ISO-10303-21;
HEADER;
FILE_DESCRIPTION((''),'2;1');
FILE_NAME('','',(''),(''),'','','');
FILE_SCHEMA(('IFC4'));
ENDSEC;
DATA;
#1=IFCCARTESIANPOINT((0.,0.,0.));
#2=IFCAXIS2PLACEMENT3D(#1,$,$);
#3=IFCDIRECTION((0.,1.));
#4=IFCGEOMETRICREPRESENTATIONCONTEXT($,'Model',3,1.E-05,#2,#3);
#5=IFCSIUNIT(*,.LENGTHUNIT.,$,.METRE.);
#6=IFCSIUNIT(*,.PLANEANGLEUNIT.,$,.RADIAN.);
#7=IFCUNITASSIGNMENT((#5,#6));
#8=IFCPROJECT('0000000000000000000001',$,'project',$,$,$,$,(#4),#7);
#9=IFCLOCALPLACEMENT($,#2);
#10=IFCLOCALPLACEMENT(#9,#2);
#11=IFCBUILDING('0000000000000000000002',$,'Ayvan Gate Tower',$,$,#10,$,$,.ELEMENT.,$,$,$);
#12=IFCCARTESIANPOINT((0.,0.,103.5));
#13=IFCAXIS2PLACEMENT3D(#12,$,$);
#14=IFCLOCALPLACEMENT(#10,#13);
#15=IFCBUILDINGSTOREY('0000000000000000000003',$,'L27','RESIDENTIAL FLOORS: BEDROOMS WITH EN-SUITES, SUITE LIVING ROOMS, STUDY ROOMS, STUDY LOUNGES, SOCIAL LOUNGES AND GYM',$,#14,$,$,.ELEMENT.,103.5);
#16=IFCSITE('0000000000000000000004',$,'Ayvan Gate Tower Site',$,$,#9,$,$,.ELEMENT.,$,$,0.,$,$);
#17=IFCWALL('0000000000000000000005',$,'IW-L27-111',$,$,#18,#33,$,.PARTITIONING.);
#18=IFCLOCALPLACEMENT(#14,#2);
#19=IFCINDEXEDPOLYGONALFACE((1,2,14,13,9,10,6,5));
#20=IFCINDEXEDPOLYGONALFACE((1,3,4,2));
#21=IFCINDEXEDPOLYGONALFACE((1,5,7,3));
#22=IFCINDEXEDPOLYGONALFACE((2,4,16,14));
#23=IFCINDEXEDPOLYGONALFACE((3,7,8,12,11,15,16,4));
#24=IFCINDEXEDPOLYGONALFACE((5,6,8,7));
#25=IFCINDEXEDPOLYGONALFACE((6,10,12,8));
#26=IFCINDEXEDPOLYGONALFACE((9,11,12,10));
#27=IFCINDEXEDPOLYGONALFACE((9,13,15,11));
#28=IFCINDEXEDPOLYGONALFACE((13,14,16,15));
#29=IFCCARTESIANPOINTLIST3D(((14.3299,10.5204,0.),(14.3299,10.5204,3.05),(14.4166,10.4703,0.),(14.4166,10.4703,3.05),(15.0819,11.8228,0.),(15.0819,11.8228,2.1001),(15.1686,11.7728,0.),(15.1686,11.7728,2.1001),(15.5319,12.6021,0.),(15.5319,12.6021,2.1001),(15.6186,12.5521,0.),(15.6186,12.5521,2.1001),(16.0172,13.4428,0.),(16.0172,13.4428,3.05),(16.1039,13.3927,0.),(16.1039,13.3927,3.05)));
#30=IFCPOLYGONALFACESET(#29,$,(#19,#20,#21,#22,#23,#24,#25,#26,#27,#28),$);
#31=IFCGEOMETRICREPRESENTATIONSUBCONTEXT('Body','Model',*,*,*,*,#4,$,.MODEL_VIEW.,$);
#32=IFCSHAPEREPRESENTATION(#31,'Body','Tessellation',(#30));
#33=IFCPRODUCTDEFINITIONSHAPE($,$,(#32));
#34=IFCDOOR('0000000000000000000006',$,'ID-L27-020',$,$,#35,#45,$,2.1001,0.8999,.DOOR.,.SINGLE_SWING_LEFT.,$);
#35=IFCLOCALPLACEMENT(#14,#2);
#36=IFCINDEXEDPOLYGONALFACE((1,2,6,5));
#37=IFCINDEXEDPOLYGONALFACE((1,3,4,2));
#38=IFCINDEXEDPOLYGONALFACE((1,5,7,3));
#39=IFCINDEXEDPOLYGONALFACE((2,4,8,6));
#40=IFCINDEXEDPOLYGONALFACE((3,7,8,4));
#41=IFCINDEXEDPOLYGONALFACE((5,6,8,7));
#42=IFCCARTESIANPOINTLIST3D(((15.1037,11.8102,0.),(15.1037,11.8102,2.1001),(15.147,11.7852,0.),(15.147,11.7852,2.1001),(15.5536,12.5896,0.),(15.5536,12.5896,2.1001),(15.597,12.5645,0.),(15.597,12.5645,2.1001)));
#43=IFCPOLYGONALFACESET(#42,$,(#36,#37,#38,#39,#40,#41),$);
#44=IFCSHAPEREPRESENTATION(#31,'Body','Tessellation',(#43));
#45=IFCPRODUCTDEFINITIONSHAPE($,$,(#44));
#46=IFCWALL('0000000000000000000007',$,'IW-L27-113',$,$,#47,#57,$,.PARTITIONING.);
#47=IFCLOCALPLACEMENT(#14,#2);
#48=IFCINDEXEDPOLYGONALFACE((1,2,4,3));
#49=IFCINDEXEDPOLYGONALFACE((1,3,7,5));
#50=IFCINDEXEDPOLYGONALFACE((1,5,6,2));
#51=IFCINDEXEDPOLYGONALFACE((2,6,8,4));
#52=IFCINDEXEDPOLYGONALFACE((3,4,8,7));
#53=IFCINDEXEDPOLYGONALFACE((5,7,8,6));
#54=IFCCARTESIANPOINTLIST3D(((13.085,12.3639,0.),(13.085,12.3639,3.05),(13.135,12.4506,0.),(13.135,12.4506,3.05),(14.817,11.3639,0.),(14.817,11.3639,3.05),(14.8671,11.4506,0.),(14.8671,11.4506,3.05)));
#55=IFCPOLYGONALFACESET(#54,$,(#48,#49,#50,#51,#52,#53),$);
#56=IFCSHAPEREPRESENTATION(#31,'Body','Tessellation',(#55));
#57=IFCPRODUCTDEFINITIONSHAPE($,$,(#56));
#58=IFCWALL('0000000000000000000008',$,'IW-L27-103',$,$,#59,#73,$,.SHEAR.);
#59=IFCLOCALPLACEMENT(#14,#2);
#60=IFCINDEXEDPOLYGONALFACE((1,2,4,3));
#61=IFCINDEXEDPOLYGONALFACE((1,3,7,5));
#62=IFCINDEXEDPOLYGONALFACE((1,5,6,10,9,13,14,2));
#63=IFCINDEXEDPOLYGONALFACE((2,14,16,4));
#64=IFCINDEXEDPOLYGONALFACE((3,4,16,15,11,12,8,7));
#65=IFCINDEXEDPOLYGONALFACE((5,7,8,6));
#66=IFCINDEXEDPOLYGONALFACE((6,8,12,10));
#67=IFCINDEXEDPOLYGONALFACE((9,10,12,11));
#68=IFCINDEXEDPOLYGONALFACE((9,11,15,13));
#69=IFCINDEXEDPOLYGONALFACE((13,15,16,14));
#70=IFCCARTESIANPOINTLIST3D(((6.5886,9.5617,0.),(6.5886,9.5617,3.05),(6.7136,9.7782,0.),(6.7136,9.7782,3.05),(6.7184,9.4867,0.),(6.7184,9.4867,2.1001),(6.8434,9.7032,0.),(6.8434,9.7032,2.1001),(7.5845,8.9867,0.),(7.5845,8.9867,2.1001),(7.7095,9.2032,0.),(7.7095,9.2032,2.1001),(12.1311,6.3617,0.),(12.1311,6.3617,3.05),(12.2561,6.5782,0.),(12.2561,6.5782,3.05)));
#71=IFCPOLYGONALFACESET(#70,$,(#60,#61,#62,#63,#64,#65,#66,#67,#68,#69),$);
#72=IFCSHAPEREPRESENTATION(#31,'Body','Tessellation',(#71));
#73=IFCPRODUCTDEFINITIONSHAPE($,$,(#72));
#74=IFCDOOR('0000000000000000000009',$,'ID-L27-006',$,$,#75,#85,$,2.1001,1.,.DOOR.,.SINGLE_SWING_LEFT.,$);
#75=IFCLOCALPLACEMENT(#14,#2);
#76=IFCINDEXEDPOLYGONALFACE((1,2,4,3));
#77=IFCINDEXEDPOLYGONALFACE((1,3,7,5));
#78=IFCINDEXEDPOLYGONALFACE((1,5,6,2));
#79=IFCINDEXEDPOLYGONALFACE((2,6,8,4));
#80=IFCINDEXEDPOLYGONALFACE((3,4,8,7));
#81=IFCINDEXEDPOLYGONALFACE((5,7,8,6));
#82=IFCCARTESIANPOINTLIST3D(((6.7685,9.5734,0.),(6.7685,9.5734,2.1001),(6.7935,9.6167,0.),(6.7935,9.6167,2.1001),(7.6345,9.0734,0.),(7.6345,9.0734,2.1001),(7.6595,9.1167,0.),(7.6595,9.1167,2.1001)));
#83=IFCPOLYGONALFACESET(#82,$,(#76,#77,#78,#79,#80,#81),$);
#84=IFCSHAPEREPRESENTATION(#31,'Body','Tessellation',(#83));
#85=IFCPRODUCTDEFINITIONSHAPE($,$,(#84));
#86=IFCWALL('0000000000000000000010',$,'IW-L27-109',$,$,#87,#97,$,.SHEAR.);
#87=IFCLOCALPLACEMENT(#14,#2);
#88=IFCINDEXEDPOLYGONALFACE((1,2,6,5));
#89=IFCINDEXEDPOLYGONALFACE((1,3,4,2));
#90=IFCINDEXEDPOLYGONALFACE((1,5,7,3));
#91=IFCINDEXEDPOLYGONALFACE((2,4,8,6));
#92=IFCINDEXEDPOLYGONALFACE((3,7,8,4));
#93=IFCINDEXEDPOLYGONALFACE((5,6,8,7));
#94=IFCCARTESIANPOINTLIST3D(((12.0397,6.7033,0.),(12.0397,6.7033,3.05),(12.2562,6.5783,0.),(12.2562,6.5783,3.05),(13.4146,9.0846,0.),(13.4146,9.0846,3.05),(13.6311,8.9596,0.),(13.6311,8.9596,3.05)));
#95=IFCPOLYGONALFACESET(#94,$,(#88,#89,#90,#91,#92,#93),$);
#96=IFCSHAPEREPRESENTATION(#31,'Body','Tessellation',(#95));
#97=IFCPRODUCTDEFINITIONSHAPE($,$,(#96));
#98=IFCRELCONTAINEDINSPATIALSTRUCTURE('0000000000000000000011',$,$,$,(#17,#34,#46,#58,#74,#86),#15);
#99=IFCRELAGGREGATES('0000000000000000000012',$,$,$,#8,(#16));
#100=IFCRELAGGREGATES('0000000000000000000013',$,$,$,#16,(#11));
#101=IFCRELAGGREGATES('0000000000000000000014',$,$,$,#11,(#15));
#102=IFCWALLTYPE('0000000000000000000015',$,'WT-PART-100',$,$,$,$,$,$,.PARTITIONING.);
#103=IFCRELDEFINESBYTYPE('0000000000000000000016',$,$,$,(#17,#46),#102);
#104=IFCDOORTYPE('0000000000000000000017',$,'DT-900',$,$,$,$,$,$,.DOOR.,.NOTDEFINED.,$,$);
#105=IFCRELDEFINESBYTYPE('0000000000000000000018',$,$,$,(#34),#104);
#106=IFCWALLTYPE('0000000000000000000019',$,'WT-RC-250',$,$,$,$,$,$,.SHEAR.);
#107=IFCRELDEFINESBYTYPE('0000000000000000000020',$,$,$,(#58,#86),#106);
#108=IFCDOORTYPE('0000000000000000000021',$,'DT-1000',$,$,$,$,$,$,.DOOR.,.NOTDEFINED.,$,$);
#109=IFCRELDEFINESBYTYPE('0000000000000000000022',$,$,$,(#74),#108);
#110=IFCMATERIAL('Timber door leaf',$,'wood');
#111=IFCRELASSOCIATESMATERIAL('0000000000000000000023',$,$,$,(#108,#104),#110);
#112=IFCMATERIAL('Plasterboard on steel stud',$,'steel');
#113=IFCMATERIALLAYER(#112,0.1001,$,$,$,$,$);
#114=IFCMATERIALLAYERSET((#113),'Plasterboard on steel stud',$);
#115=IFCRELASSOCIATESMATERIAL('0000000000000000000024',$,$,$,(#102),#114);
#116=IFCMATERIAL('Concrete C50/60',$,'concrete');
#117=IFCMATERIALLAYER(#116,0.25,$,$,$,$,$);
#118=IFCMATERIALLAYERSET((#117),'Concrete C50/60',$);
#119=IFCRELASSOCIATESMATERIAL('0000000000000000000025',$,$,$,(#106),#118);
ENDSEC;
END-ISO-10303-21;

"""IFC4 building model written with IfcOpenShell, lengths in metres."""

from ifc_helpers import new_model, si_unit, direction, frame, frame_2d, origin, place, context, subcontext, project, spatial, rectangle, extrude, material, layer, layer_set, type_object, element, fill, save


model = new_model("IFC4")

# Units and contexts
model_context = context("Model", 3, precision=1e-05, world=origin(), true_north=direction((0.0, 1.0)))
body_context = subcontext(model_context, "Body", "Model", "MODEL_VIEW")
ifc_project = project(units=[si_unit("LENGTHUNIT", "METRE"), si_unit("PLANEANGLEUNIT", "RADIAN")], contexts=[model_context])

# Site, building, storey
site_placement = place(None, origin())
site = spatial("IfcSite", under=ifc_project, at=site_placement, Name="Ayvan Gate Tower Site", CompositionType="ELEMENT", RefElevation=0.0)
building_placement = place(site_placement, origin())
building = spatial("IfcBuilding", under=site, at=building_placement, Name="Ayvan Gate Tower", CompositionType="ELEMENT")
storey_placement = place(building_placement, frame((0.0, 0.0, 103.5)))
storey = spatial("IfcBuildingStorey", under=building, at=storey_placement, Name="L27", Description="RESIDENTIAL FLOORS: BEDROOMS WITH EN-SUITES, SUITE LIVING ROOMS, STUDY ROOMS, STUDY LOUNGES, SOCIAL LOUNGES AND GYM", CompositionType="ELEMENT", Elevation=103.5)

# Shared definitions
ifc_material_1 = material(Name="Plasterboard on steel stud", Category="steel")

# Shared definitions
ifc_material_2 = material(Name="Timber door leaf", Category="wood")
door_type_1 = type_object("IfcDoorType", Name="DT-1000", OperationType="NOTDEFINED", PredefinedType="DOOR", material=ifc_material_2)

# Shared definitions
ifc_layer_1 = layer(ifc_material_1, 0.1001)
ifc_layer_set_1 = layer_set([ifc_layer_1], Name="Plasterboard on steel stud")
wall_type_1 = type_object("IfcWallType", Name="WT-PART-100", PredefinedType="PARTITIONING", material=ifc_layer_set_1)

# Wall, opening, door
wall_1_placement = place(storey_placement, frame((14.3733, 10.4954, 0.0), z_axis=(0.0, 0.0, 1.0), x_axis=(0.500006, 0.866022, 0.0)))
wall_1 = element("IfcWall", 1, at=wall_1_placement, inside=storey, type_object=wall_type_1, Name="IW-L27-111", PredefinedType="PARTITIONING", context=body_context, shape_type="SweptSolid", body=[
    extrude(rectangle(XDim=3.3745, YDim=0.1001, at=frame_2d((1.6873, 0.0))), origin(), (0.0, 0.0, 1.0), 3.05),
])
opening_1_placement = place(wall_1_placement, frame((1.5039, 0.0, 0.0)))
opening_1 = element("IfcOpeningElement", 2, at=opening_1_placement, cuts=wall_1, PredefinedType="OPENING", context=body_context, shape_type="SweptSolid", body=[
    extrude(rectangle(XDim=0.8999, YDim=2.1001, at=frame_2d((0.45, 1.05))), frame((0.0, 0.0601, 0.0), z_axis=(0.0, -1.0, 0.0), x_axis=(1.0, 0.0, 0.0)), (0.0, 0.0, 1.0), 0.1201),
])
door_type_2 = type_object("IfcDoorType", Name="DT-900", OperationType="NOTDEFINED", PredefinedType="DOOR", material=ifc_material_2)
door_1_placement = place(opening_1_placement, origin())
door_1 = element("IfcDoor", 3, at=door_1_placement, inside=storey, type_object=door_type_2, Name="ID-L27-020", OperationType="SINGLE_SWING_LEFT", OverallHeight=2.1001, OverallWidth=0.8999, PredefinedType="DOOR", context=body_context, shape_type="SweptSolid", body=[
    extrude(rectangle(XDim=0.8999, YDim=2.1001, at=frame_2d((0.45, 1.05))), frame((0.0, 0.0249, 0.0), z_axis=(0.0, -1.0, 0.0), x_axis=(1.0, 0.0, 0.0)), (0.0, 0.0, 1.0), 0.05),
])
fill(opening_1, door_1)

# Wall
wall_2_placement = place(storey_placement, frame((14.842, 11.4072, 0.0), z_axis=(0.0, 0.0, 1.0), x_axis=(-0.866011, 0.500025, 0.0)))
element("IfcWall", 4, at=wall_2_placement, inside=storey, type_object=wall_type_1, Name="IW-L27-113", PredefinedType="PARTITIONING", context=body_context, shape_type="SweptSolid", body=[
    extrude(rectangle(XDim=2.0, YDim=0.1001, at=frame_2d((1.0, 0.0))), origin(), (0.0, 0.0, 1.0), 3.05),
])

# Wall, opening, door
ifc_material_3 = material(Name="Concrete C50/60", Category="concrete")
ifc_layer_2 = layer(ifc_material_3, 0.25)
ifc_layer_set_2 = layer_set([ifc_layer_2], Name="Concrete C50/60")
wall_type_2 = type_object("IfcWallType", Name="WT-RC-250", PredefinedType="SHEAR", material=ifc_layer_set_2)
wall_3_placement = place(storey_placement, frame((12.1936, 6.47, 0.0), z_axis=(0.0, 0.0, 1.0), x_axis=(-0.866025, 0.5, 0.0)))
wall_3 = element("IfcWall", 5, at=wall_3_placement, inside=storey, type_object=wall_type_2, Name="IW-L27-103", PredefinedType="SHEAR", context=body_context, shape_type="SweptSolid", body=[
    extrude(rectangle(XDim=6.3999, YDim=0.25, at=frame_2d((3.2, 0.0))), origin(), (0.0, 0.0, 1.0), 3.05),
])
opening_2_placement = place(wall_3_placement, frame((5.25, 0.0, 0.0)))
opening_2 = element("IfcOpeningElement", 6, at=opening_2_placement, cuts=wall_3, PredefinedType="OPENING", context=body_context, shape_type="SweptSolid", body=[
    extrude(rectangle(XDim=1.0, YDim=2.1001, at=frame_2d((0.5, 1.05))), frame((0.0, 0.135, 0.0), z_axis=(0.0, -1.0, 0.0), x_axis=(1.0, 0.0, 0.0)), (0.0, 0.0, 1.0), 0.27),
])
door_2_placement = place(opening_2_placement, origin())
door_2 = element("IfcDoor", 7, at=door_2_placement, inside=storey, type_object=door_type_1, Name="ID-L27-006", OperationType="SINGLE_SWING_LEFT", OverallHeight=2.1001, OverallWidth=1.0, PredefinedType="DOOR", context=body_context, shape_type="SweptSolid", body=[
    extrude(rectangle(XDim=1.0, YDim=2.1001, at=frame_2d((0.5, 1.05))), frame((0.0, 0.0249, 0.0), z_axis=(0.0, -1.0, 0.0), x_axis=(1.0, 0.0, 0.0)), (0.0, 0.0, 1.0), 0.05),
])
fill(opening_2, door_2)

# Wall
wall_4_placement = place(storey_placement, frame((13.5229, 9.0222, 0.0), z_axis=(0.0, 0.0, 1.0), x_axis=(-0.500035, -0.866005, 0.0)))
element("IfcWall", 8, at=wall_4_placement, inside=storey, type_object=wall_type_2, Name="IW-L27-109", PredefinedType="SHEAR", context=body_context, shape_type="SweptSolid", body=[
    extrude(rectangle(XDim=2.7498, YDim=0.25, at=frame_2d((1.375, 0.0))), origin(), (0.0, 0.0, 1.0), 3.05),
])

save(model, "model.ifc")
